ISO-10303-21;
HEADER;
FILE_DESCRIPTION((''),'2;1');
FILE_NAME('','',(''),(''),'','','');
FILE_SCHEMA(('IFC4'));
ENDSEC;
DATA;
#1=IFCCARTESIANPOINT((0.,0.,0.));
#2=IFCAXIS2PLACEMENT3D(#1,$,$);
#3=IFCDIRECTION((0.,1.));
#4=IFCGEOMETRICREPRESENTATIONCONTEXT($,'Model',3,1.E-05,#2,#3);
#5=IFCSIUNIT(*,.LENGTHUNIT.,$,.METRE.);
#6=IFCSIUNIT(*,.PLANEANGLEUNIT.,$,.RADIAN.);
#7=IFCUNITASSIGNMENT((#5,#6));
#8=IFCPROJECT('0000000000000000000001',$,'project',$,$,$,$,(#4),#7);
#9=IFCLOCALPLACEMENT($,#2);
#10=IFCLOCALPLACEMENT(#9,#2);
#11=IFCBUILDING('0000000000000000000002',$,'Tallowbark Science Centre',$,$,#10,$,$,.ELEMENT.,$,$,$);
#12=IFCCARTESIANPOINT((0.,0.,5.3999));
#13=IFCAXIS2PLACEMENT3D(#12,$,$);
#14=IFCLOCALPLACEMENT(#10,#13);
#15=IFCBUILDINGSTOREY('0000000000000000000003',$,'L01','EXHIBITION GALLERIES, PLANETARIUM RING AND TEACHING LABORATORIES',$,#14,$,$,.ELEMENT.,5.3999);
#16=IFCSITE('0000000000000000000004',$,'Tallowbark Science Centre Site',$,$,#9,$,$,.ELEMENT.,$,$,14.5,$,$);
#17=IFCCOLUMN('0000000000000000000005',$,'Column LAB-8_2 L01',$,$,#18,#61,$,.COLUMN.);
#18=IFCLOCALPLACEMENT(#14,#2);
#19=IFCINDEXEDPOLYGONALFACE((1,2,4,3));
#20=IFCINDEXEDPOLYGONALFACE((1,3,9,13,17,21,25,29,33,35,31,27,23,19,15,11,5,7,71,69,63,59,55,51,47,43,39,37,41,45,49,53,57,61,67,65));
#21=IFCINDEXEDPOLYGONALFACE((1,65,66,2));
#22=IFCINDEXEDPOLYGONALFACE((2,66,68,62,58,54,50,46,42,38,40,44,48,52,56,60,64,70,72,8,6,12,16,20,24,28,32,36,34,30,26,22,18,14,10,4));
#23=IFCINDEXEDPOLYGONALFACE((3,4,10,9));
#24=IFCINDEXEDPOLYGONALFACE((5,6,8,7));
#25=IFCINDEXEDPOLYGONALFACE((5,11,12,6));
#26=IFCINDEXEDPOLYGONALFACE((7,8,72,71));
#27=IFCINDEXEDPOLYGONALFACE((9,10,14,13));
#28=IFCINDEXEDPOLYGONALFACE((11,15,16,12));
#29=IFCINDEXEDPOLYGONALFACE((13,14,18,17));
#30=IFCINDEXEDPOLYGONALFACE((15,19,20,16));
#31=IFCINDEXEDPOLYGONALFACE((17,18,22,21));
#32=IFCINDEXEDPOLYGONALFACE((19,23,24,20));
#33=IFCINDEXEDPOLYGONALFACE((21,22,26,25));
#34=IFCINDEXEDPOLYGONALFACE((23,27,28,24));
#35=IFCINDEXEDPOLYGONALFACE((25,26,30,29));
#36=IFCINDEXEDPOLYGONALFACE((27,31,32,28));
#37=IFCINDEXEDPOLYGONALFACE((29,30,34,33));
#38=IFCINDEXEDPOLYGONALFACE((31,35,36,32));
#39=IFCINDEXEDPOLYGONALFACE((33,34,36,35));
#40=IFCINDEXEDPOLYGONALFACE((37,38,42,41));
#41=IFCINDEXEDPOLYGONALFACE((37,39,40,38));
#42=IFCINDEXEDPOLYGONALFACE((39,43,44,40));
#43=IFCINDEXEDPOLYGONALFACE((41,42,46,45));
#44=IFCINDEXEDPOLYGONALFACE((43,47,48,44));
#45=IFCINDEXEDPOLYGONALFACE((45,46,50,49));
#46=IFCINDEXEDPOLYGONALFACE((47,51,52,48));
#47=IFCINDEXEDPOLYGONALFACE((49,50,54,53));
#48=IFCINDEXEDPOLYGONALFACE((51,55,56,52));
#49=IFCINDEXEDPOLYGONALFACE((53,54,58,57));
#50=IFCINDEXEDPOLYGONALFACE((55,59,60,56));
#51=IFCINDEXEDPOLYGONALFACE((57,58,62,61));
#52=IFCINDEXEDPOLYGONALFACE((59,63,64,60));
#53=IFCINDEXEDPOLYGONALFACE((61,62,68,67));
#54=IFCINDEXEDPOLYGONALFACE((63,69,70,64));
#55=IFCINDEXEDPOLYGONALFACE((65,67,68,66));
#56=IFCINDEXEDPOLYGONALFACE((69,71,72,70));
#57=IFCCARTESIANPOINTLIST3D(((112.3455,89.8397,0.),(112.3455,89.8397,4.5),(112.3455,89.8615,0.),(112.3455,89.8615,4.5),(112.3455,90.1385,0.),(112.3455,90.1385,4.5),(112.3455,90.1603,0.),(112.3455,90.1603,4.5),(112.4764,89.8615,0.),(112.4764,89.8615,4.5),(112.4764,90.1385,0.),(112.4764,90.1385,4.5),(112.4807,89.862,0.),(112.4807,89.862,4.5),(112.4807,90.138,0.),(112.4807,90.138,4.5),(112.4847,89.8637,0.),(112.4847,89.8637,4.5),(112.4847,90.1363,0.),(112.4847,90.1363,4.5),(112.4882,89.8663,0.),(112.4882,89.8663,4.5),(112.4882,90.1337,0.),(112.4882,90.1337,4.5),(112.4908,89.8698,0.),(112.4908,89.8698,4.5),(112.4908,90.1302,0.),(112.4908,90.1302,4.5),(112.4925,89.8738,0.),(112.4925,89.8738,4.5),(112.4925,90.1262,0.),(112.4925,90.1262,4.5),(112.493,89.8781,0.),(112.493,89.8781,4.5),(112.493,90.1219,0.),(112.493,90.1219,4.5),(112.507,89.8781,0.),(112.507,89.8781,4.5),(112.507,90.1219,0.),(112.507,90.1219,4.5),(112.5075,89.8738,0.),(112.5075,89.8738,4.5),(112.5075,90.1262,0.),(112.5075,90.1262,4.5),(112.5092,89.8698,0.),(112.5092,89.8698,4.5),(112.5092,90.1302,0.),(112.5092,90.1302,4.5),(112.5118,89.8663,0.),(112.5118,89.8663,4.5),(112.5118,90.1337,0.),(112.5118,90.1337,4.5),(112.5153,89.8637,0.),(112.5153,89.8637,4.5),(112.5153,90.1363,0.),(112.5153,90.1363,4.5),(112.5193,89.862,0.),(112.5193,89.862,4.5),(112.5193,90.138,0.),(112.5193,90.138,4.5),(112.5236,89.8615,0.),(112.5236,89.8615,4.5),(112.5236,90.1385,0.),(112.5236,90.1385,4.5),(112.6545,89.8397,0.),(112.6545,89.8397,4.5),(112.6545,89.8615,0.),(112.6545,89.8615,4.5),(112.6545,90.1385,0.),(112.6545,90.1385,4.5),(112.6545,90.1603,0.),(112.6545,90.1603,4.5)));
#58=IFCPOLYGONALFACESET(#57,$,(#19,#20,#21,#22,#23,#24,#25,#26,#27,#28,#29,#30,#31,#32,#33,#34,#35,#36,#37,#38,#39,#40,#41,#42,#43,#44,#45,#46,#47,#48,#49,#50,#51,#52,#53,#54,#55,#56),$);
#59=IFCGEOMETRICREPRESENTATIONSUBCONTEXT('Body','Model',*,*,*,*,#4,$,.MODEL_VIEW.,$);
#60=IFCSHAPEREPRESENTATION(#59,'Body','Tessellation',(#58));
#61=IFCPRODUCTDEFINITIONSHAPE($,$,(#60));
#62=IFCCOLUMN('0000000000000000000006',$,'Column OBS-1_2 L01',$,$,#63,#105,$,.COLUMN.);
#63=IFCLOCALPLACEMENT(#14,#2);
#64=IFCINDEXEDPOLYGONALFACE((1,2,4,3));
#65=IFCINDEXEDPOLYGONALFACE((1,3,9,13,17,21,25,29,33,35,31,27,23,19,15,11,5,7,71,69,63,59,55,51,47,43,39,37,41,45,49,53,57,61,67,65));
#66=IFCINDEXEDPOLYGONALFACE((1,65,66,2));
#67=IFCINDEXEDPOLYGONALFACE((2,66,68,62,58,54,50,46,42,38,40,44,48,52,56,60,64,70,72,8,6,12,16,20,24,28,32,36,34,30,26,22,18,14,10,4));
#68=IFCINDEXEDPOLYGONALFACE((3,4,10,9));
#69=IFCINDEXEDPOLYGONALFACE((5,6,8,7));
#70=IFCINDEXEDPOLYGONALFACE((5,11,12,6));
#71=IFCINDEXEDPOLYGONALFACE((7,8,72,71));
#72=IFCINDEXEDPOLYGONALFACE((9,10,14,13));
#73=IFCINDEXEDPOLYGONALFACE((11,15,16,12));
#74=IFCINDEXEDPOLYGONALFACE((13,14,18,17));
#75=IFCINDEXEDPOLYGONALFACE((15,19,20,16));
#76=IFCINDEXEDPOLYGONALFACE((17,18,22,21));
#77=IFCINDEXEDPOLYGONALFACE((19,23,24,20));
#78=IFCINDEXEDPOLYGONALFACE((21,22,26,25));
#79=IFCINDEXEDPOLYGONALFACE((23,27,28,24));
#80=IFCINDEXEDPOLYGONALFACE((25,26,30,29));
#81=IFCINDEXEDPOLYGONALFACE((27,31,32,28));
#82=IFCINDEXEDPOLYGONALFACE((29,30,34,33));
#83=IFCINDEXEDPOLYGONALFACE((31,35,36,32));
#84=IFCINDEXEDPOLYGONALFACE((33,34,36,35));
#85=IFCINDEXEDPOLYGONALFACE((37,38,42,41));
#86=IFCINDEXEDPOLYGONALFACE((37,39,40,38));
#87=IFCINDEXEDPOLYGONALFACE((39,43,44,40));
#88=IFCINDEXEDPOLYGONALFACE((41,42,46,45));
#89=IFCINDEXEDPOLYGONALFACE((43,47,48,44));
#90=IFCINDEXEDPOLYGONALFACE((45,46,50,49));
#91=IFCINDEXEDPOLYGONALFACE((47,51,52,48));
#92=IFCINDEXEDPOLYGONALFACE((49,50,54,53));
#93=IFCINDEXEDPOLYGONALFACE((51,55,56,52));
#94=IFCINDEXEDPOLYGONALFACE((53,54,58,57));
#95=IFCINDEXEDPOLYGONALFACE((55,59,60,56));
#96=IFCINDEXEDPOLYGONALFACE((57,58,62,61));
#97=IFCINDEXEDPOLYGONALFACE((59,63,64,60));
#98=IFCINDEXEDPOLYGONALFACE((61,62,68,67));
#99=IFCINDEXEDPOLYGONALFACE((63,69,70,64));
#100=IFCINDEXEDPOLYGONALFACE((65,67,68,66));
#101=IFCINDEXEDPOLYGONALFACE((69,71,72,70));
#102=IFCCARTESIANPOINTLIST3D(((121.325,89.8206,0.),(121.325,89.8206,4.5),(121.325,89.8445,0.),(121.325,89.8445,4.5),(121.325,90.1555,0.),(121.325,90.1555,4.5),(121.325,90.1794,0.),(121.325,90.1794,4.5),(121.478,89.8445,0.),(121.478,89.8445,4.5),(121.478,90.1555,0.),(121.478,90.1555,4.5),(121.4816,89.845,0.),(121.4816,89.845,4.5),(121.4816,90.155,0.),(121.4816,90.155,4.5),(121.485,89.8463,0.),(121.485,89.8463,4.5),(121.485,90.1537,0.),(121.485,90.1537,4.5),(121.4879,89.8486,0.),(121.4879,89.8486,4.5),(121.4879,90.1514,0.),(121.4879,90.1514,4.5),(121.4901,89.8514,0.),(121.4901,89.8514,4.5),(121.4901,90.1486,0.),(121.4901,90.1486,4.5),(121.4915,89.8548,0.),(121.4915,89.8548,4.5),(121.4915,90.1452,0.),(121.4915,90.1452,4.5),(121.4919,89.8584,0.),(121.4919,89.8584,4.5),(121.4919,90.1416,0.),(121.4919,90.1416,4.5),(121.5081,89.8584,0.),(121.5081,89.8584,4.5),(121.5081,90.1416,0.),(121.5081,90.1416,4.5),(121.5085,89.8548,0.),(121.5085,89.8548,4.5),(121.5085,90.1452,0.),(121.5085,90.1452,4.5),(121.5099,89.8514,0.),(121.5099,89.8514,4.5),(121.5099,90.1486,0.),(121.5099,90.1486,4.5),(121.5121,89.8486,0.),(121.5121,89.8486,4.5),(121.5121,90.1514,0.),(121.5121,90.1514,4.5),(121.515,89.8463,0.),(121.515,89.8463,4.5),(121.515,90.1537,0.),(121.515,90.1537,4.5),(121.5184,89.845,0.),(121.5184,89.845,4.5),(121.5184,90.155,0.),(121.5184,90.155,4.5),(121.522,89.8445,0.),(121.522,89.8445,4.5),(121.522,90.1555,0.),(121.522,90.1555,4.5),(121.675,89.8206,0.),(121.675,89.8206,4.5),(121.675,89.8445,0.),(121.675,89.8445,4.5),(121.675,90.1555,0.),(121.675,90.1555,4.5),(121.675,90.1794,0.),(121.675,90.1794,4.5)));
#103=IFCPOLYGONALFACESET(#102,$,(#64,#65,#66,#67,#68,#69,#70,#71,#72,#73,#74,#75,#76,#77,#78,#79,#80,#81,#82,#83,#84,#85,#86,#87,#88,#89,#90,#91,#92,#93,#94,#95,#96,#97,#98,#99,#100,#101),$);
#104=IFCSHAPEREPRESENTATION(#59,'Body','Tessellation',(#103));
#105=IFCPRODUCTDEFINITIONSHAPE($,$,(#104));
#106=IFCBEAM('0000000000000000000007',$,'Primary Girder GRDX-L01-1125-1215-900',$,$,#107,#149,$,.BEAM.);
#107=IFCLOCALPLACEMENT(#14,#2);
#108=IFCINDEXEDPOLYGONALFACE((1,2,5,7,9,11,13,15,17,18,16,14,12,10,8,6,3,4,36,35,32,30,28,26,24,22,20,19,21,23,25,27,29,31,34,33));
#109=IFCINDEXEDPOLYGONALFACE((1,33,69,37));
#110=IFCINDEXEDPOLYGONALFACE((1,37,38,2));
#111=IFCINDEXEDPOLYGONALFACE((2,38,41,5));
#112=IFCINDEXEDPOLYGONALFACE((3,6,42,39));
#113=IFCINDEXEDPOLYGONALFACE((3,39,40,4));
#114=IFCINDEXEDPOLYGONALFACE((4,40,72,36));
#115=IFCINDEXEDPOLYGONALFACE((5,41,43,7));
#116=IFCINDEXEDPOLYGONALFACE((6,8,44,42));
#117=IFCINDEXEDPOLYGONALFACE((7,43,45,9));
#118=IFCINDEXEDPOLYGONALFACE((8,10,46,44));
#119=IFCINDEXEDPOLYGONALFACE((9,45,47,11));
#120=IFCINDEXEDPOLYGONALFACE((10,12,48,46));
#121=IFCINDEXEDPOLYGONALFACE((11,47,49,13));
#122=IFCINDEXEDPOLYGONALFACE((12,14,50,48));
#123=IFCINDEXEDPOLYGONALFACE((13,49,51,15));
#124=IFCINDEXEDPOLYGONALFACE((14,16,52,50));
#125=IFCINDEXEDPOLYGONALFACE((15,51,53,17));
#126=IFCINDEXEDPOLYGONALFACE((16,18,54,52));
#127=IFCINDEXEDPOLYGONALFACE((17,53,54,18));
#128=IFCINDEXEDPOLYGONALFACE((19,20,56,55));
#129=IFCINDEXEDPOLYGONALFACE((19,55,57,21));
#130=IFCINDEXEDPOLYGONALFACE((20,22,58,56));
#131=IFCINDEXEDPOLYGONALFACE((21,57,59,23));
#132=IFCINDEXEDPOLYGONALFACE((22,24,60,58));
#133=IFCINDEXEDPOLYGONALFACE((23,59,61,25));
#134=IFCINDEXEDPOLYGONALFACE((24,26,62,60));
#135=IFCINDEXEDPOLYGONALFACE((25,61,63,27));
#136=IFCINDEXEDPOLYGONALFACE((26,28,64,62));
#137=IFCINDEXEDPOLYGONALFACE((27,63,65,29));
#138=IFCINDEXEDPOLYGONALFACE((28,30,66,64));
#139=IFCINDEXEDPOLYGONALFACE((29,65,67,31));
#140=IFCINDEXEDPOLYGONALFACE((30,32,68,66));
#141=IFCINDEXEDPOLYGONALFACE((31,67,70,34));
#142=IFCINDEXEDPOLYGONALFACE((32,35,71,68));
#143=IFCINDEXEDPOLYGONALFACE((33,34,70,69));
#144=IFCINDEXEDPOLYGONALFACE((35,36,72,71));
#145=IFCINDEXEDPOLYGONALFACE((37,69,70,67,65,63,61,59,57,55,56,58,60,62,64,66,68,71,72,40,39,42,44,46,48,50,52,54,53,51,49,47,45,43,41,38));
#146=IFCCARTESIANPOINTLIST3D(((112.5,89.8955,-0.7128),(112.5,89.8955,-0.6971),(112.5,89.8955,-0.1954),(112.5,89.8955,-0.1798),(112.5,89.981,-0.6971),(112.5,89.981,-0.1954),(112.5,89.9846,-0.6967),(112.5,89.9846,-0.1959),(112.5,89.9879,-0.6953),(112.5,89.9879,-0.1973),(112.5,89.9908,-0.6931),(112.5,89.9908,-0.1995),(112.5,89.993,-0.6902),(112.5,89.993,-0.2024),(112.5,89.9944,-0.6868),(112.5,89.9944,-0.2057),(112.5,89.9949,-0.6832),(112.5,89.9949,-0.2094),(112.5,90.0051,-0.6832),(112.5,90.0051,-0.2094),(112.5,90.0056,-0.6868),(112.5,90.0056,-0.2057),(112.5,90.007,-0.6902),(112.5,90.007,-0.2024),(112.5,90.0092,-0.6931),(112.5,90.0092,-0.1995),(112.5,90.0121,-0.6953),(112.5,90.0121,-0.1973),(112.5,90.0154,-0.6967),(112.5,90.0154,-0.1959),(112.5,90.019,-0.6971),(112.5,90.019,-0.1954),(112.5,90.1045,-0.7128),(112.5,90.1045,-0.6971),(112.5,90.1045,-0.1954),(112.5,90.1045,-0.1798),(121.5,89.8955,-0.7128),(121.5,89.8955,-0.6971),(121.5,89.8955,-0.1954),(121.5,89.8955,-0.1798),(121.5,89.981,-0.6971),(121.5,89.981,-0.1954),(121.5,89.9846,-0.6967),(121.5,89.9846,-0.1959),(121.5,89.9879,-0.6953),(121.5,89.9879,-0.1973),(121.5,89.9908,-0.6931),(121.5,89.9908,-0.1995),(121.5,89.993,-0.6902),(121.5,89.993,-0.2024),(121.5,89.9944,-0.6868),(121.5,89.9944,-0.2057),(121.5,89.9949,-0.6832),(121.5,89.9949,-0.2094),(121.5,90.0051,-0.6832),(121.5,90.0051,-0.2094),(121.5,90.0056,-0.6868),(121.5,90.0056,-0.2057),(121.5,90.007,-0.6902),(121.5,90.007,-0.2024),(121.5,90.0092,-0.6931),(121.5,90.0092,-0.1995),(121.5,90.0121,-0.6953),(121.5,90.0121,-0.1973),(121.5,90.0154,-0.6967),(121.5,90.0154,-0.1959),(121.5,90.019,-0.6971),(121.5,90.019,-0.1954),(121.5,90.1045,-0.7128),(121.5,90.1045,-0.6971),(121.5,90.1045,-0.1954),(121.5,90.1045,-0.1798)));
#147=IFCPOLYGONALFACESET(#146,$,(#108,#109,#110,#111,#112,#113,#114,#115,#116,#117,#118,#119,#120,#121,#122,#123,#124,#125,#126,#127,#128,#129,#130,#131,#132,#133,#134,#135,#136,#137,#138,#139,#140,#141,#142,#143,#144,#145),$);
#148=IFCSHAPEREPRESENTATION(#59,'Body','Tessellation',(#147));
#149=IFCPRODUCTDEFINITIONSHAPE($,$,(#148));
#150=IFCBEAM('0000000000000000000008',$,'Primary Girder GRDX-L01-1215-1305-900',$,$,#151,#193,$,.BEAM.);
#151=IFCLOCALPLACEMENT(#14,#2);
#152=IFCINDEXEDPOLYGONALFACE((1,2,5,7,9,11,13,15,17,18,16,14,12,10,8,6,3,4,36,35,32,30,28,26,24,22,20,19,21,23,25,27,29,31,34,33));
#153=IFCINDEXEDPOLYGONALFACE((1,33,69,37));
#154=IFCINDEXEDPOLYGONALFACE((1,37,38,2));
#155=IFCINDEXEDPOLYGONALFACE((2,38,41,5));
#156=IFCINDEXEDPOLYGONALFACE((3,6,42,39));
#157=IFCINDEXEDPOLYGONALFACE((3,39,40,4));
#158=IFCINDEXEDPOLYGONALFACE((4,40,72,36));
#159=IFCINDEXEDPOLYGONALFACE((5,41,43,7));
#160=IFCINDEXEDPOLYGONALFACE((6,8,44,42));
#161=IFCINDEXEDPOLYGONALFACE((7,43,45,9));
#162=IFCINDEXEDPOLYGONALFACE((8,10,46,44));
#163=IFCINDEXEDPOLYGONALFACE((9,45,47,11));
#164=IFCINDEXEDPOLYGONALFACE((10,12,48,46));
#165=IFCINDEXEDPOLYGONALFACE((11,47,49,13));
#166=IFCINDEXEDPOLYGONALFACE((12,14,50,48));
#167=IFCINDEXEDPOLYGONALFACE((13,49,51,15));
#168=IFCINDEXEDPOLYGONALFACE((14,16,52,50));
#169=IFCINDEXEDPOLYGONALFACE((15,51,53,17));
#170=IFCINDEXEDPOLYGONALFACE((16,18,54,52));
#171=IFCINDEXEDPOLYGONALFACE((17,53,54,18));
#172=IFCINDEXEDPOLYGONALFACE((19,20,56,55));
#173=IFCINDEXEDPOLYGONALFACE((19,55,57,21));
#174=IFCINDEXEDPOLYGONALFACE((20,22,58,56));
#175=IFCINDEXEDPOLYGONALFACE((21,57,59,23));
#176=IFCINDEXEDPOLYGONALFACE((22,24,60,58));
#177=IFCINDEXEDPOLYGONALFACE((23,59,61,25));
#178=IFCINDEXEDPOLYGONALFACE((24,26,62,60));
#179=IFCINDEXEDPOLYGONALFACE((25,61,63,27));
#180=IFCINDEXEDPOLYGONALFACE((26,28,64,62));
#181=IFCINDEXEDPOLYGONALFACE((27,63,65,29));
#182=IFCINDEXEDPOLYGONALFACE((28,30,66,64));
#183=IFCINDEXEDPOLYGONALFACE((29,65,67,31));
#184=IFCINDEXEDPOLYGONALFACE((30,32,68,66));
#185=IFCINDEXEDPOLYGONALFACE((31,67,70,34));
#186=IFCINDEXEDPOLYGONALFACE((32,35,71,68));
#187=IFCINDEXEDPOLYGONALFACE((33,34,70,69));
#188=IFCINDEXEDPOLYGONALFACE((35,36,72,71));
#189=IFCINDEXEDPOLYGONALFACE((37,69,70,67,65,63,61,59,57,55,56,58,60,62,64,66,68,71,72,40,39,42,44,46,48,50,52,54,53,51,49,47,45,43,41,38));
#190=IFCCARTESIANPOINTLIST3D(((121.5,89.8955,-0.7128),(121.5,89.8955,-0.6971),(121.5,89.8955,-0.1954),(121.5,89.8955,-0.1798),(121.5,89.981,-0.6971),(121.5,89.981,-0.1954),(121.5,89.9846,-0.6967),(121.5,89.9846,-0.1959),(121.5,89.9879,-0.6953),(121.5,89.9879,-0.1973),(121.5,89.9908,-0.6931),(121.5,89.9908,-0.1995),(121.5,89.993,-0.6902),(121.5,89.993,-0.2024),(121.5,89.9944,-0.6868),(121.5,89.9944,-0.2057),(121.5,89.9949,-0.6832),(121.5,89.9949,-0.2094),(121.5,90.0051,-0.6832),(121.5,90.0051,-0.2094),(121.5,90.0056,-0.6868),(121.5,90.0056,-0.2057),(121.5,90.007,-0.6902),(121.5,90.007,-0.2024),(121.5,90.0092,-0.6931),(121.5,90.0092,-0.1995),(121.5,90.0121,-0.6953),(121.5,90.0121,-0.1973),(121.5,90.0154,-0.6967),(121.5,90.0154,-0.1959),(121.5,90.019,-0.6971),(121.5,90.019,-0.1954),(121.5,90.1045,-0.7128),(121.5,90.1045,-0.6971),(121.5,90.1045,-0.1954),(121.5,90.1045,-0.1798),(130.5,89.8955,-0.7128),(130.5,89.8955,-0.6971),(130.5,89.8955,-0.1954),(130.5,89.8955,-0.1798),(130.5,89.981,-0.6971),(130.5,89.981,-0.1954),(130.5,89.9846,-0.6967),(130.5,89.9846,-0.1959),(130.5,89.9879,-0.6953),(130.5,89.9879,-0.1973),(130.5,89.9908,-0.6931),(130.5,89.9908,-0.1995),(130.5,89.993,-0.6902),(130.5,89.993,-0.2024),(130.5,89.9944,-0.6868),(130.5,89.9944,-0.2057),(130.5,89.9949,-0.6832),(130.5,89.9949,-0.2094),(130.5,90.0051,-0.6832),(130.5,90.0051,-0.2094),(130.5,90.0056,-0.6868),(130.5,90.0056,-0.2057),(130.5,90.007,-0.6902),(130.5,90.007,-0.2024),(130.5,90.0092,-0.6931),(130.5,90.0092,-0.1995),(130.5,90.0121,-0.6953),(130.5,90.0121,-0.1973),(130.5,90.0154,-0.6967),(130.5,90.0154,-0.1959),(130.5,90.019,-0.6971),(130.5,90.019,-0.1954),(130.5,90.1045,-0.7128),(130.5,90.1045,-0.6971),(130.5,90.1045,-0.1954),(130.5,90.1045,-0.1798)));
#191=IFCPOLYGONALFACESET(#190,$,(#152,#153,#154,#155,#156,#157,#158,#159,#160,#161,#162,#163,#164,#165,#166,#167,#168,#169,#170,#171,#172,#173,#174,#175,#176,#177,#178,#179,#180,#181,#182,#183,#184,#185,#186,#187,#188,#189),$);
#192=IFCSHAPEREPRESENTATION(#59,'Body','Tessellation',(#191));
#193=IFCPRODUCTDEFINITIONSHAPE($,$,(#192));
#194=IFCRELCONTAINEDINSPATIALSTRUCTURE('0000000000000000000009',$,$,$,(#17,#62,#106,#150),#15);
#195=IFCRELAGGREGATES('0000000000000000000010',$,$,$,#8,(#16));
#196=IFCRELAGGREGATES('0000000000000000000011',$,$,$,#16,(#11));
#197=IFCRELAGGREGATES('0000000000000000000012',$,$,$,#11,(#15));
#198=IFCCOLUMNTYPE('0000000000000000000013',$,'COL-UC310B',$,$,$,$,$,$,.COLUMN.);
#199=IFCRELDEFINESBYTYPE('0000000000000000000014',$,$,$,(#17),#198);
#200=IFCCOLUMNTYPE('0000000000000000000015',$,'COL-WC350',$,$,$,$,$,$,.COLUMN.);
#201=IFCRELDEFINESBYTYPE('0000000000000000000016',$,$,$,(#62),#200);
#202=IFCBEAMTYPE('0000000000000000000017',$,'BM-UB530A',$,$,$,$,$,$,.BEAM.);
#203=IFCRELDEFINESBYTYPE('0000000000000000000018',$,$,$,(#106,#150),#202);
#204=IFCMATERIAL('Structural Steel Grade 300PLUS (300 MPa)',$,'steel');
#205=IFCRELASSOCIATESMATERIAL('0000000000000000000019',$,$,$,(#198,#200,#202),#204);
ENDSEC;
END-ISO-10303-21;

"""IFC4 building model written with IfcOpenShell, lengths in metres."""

from ifc_helpers import new_model, si_unit, direction, frame, origin, origin_2d, place, context, subcontext, project, spatial, i_section, extrude, material, material_profile, profile_set, type_object, element, save


model = new_model("IFC4")

# Units and contexts
model_context = context("Model", 3, precision=1e-05, world=origin(), true_north=direction((0.0, 1.0)))
body_context = subcontext(model_context, "Body", "Model", "MODEL_VIEW")
ifc_project = project(units=[si_unit("LENGTHUNIT", "METRE"), si_unit("PLANEANGLEUNIT", "RADIAN")], contexts=[model_context])

# Site, building, storey
site_placement = place(None, origin())
site = spatial("IfcSite", under=ifc_project, at=site_placement, Name="Tallowbark Science Centre Site", CompositionType="ELEMENT", RefElevation=14.5)
building_placement = place(site_placement, origin())
building = spatial("IfcBuilding", under=site, at=building_placement, Name="Tallowbark Science Centre", CompositionType="ELEMENT")
storey_placement = place(building_placement, frame((0.0, 0.0, 5.3999)))
storey = spatial("IfcBuildingStorey", under=building, at=storey_placement, Name="L01", Description="EXHIBITION GALLERIES, PLANETARIUM RING AND TEACHING LABORATORIES", CompositionType="ELEMENT", Elevation=5.3999)

# Columns
ifc_material_1 = material(Name="Structural Steel Grade 300PLUS (300 MPa)", Category="steel")
ifc_material_profile_1 = material_profile(ifc_material_1, i_section(OverallWidth=0.3091, OverallDepth=0.3206, WebThickness=0.0139, FlangeThickness=0.0217, FilletRadius=0.0166, at=origin_2d()), Name="310UC137")
ifc_profile_set_1 = profile_set([ifc_material_profile_1], Name="Structural Steel Grade 300PLUS (300 MPa)")
column_type_1 = type_object("IfcColumnType", Name="COL-UC310B", PredefinedType="COLUMN", material=ifc_profile_set_1)
column_1_placement = place(storey_placement, frame((112.5, 90.0, 0.0), z_axis=(0.0, 0.0, 1.0), x_axis=(1.0, 0.0, 0.0)))
element("IfcColumn", 1, at=column_1_placement, inside=storey, type_object=column_type_1, Name="Column LAB-8_2 L01", PredefinedType="COLUMN", context=body_context, shape_type="SweptSolid", body=[
    extrude(i_section(OverallWidth=0.3091, OverallDepth=0.3206, WebThickness=0.0139, FlangeThickness=0.0217, FilletRadius=0.0166, at=origin_2d()), origin(), (0.0, 0.0, 1.0), 4.5),
])
ifc_material_profile_2 = material_profile(ifc_material_1, i_section(OverallWidth=0.3501, OverallDepth=0.3589, WebThickness=0.0161, FlangeThickness=0.0239, FilletRadius=0.0139, at=origin_2d()), Name="350WC197")
ifc_profile_set_2 = profile_set([ifc_material_profile_2], Name="Structural Steel Grade 300PLUS (300 MPa)")
column_type_2 = type_object("IfcColumnType", Name="COL-WC350", PredefinedType="COLUMN", material=ifc_profile_set_2)
column_2_placement = place(storey_placement, frame((121.5, 90.0, 0.0), z_axis=(0.0, 0.0, 1.0), x_axis=(1.0, 0.0, 0.0)))
element("IfcColumn", 2, at=column_2_placement, inside=storey, type_object=column_type_2, Name="Column OBS-1_2 L01", PredefinedType="COLUMN", context=body_context, shape_type="SweptSolid", body=[
    extrude(i_section(OverallWidth=0.3501, OverallDepth=0.3589, WebThickness=0.0161, FlangeThickness=0.0239, FilletRadius=0.0139, at=origin_2d()), origin(), (0.0, 0.0, 1.0), 4.5),
])

# Beams
ifc_material_profile_3 = material_profile(ifc_material_1, i_section(OverallWidth=0.209, OverallDepth=0.533, WebThickness=0.0103, FlangeThickness=0.0156, FilletRadius=0.0139, at=origin_2d()), Name="530UB92.4")
ifc_profile_set_3 = profile_set([ifc_material_profile_3], Name="Structural Steel Grade 300PLUS (300 MPa)")
beam_type_1 = type_object("IfcBeamType", Name="BM-UB530A", PredefinedType="BEAM", material=ifc_profile_set_3)
for number, where, z_axis, x_axis, name in (
    (3, (112.5, 90.0, -0.4463), (1.0, 0.0, 0.0), (0.0, 1.0, 0.0), "Primary Girder GRDX-L01-1125-1215-900"),
    (4, (121.5, 90.0, -0.4463), (1.0, 0.0, 0.0), (0.0, 1.0, 0.0), "Primary Girder GRDX-L01-1215-1305-900"),
):
    element("IfcBeam", number, at=place(storey_placement, frame(where, z_axis=z_axis, x_axis=x_axis)), inside=storey, type_object=beam_type_1, Name=name, PredefinedType="BEAM", context=body_context, shape_type="SweptSolid", body=[
        extrude(i_section(OverallWidth=0.209, OverallDepth=0.533, WebThickness=0.0103, FlangeThickness=0.0156, FilletRadius=0.0139, at=origin_2d()), origin(), (0.0, 0.0, 1.0), 9.0),
    ])

save(model, "model.ifc")
